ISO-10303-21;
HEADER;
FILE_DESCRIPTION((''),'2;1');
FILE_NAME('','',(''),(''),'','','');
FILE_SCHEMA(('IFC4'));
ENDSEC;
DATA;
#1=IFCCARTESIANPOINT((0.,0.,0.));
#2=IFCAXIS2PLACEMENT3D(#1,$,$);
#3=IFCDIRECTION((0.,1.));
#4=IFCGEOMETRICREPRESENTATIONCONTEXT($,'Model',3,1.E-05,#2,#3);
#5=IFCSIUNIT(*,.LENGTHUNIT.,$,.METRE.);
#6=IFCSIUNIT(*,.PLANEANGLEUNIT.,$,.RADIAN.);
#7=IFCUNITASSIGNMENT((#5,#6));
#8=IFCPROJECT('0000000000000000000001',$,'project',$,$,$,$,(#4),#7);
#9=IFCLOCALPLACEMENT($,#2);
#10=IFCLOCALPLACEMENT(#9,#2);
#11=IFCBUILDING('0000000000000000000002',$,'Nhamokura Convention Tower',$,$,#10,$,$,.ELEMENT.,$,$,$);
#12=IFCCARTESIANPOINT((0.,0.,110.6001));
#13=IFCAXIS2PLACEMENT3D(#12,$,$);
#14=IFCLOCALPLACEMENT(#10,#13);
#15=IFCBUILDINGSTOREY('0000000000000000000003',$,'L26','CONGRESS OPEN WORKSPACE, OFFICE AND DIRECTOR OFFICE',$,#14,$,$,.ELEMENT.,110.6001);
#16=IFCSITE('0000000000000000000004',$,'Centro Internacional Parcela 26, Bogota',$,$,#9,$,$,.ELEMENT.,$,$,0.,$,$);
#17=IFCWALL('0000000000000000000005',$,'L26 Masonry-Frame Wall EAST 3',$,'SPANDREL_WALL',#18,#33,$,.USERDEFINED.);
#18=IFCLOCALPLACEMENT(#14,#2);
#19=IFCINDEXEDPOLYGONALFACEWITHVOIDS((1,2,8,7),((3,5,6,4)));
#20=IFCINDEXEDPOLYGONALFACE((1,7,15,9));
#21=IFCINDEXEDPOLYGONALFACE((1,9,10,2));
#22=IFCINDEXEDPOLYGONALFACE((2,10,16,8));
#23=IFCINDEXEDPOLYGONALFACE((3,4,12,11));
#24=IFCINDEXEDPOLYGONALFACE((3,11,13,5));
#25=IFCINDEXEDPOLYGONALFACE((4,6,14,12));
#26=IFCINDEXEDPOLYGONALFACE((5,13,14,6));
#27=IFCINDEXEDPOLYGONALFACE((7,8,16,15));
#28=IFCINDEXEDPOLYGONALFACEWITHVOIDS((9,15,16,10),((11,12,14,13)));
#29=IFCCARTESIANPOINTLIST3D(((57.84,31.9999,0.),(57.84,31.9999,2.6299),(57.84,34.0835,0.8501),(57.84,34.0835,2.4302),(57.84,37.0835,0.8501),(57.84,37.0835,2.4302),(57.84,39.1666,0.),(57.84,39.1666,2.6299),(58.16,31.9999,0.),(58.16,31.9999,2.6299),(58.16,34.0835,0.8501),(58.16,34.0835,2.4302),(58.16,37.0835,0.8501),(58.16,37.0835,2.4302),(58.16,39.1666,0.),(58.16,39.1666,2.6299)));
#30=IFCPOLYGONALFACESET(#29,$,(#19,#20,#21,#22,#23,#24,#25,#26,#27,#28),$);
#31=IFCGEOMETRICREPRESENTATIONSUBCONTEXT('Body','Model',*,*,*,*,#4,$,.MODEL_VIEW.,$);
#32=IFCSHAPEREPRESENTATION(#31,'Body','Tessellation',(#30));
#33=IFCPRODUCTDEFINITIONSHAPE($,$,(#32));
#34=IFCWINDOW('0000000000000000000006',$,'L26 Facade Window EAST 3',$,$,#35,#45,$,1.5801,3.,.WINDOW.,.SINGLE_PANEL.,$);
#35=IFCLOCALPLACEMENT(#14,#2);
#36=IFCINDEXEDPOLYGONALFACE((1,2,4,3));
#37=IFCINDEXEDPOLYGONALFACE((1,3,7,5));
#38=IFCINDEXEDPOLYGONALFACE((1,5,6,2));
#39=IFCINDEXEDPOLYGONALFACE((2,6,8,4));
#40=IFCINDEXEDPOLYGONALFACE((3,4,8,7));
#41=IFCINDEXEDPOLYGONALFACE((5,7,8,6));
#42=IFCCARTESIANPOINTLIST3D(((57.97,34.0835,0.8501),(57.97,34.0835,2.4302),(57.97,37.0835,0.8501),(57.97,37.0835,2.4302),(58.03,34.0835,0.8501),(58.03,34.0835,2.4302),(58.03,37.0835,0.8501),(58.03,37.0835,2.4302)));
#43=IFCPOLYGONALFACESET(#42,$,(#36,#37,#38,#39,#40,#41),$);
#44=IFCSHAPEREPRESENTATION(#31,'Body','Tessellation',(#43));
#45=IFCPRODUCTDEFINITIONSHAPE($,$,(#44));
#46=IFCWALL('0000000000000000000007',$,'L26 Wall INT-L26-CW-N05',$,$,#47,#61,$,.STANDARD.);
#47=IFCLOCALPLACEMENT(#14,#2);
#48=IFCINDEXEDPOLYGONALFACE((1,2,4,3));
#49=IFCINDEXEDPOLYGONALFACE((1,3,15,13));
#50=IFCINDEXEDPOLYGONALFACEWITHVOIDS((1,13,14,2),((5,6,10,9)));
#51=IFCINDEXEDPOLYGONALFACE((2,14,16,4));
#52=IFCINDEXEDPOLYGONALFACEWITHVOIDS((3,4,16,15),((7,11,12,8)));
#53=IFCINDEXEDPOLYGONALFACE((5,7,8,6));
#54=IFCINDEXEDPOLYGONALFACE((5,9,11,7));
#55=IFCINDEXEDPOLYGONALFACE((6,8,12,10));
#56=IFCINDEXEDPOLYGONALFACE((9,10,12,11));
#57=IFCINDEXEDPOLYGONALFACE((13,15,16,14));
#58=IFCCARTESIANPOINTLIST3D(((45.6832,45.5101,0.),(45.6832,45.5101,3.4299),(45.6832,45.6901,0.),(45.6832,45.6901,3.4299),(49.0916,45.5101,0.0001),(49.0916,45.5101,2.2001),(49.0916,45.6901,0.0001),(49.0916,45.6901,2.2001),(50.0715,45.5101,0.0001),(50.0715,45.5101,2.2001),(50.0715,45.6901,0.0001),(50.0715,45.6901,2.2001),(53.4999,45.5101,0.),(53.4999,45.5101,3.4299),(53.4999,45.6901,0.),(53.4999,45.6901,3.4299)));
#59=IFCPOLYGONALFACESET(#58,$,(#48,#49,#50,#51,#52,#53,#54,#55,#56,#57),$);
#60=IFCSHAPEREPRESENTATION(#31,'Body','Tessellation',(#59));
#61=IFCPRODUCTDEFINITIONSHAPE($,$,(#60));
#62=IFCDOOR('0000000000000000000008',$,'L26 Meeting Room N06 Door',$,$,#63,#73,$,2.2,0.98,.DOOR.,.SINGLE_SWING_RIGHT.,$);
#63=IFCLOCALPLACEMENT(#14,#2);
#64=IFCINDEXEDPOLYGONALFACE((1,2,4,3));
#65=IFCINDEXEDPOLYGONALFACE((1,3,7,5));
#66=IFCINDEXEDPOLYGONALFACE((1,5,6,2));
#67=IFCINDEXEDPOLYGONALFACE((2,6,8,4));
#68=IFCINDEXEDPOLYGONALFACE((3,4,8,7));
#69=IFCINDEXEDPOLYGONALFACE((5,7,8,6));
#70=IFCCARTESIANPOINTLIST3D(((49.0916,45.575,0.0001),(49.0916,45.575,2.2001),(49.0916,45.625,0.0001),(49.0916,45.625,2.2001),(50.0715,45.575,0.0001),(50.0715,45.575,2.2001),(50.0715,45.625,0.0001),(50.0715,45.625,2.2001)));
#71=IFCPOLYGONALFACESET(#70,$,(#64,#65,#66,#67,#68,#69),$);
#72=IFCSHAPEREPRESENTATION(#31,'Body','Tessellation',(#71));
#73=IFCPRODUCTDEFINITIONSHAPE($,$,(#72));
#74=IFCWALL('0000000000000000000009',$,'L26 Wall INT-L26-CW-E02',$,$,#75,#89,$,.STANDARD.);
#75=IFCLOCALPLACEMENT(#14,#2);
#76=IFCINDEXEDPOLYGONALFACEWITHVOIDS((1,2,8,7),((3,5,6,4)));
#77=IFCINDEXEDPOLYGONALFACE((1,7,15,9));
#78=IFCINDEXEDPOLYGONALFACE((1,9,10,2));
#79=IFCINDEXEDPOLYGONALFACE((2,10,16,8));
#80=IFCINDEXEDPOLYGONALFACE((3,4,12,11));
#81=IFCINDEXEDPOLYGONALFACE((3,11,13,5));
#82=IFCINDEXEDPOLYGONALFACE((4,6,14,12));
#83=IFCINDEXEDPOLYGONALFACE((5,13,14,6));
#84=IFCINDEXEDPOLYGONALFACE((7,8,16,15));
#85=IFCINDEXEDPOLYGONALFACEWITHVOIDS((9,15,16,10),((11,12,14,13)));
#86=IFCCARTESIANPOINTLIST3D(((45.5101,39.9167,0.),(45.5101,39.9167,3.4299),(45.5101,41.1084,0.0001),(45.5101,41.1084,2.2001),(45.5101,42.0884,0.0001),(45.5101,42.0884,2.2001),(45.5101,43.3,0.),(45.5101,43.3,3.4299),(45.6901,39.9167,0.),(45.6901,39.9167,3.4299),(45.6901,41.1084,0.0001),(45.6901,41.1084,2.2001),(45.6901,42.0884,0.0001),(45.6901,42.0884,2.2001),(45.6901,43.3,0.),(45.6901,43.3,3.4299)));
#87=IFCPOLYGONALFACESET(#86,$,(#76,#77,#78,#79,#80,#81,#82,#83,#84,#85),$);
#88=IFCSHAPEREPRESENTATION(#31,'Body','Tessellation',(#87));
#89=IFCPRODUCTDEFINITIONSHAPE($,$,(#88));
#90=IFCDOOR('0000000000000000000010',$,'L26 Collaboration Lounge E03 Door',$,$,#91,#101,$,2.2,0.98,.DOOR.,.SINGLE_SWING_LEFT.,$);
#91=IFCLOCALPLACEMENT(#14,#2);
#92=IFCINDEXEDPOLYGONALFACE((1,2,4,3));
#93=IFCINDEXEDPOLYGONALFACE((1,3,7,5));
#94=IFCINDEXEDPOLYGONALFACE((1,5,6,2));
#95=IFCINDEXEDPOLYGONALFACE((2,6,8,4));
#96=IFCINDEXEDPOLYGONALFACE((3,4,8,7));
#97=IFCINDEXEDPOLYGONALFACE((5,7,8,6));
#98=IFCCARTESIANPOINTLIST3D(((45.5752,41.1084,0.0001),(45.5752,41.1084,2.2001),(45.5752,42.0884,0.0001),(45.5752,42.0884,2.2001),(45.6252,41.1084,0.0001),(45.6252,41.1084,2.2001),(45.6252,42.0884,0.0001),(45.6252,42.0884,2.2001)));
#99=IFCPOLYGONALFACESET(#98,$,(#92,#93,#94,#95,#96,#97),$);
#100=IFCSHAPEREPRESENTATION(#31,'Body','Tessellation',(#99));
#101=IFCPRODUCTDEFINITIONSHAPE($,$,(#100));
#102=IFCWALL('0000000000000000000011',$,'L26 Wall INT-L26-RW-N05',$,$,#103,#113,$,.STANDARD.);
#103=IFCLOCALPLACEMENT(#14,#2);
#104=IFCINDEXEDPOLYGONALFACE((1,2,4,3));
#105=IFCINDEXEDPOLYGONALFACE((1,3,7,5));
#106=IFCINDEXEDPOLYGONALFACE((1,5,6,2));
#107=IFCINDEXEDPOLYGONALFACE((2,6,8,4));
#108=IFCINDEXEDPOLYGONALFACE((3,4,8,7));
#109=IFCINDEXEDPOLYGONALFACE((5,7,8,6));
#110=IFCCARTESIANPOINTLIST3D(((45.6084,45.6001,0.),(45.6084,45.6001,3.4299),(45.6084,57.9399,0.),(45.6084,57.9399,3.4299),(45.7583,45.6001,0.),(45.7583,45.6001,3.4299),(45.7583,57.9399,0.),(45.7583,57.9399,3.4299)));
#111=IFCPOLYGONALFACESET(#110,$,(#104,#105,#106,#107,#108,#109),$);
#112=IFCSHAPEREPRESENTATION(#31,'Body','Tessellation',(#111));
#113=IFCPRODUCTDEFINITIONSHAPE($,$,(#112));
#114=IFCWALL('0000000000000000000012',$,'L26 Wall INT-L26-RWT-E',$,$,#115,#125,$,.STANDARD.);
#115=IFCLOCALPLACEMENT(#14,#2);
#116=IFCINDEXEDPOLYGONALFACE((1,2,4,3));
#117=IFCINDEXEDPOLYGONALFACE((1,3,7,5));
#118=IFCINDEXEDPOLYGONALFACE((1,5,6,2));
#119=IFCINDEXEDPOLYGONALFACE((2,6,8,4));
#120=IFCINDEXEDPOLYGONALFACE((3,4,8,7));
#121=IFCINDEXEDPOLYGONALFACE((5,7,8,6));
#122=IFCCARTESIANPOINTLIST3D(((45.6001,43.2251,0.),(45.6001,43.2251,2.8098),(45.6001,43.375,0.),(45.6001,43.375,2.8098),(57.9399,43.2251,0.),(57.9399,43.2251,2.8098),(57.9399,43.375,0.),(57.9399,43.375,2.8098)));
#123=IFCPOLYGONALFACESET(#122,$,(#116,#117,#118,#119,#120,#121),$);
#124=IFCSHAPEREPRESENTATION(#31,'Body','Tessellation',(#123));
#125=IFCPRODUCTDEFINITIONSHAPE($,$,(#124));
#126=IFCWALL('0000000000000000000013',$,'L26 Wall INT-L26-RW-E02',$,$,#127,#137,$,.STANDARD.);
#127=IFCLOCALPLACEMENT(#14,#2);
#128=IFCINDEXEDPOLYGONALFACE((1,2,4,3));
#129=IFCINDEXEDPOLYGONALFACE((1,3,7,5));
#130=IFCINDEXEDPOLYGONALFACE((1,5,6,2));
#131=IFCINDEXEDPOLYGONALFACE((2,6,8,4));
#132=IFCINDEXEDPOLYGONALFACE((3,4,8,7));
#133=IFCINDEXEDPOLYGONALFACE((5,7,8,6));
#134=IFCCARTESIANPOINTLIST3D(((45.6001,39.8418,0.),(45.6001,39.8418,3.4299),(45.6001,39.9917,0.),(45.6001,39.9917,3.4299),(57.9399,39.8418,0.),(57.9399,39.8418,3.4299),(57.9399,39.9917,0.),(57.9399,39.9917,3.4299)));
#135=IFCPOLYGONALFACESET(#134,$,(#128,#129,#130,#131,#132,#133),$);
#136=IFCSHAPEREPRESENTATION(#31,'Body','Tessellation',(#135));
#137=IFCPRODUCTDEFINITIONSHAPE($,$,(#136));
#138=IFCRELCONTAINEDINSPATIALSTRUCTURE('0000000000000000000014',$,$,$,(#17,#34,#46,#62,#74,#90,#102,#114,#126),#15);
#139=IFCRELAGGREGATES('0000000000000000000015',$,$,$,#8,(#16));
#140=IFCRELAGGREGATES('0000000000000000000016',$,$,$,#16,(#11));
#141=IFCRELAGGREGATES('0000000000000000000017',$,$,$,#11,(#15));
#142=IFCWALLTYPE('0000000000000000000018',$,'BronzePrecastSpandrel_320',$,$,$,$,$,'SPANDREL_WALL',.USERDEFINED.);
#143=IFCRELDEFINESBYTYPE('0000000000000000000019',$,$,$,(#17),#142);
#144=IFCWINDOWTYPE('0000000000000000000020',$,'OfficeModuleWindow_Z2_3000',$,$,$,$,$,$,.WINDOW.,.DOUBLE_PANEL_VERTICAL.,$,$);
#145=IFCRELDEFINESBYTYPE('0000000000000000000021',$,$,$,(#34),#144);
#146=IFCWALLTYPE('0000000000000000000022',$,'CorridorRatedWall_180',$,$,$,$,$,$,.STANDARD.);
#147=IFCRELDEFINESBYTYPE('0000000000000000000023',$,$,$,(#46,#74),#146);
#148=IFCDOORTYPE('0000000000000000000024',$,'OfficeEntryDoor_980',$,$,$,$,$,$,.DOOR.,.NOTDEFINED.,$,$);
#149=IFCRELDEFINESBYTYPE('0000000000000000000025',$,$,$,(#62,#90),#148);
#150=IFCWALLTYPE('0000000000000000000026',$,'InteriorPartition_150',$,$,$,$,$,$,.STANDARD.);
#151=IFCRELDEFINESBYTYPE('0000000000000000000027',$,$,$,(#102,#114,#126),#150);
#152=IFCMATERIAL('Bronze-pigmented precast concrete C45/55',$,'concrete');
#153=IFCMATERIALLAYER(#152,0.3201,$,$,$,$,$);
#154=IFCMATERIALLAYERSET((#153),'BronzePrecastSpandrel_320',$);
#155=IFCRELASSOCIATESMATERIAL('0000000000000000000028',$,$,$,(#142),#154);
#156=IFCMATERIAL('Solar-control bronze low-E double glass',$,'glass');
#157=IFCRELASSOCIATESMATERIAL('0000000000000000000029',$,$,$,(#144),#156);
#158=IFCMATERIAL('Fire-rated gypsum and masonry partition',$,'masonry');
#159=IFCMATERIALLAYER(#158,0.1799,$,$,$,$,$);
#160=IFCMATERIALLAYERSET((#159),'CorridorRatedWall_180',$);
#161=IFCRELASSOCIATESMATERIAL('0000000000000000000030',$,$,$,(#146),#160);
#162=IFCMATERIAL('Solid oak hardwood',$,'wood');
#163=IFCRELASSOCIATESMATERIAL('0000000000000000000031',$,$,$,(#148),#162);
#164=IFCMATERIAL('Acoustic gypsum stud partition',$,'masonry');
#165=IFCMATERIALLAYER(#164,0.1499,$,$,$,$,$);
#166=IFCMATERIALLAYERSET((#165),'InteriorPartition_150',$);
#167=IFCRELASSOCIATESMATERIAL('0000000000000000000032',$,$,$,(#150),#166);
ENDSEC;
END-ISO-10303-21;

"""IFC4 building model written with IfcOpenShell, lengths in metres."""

from ifc_helpers import new_model, si_unit, direction, frame, frame_2d, origin, place, context, subcontext, project, spatial, rectangle, extrude, material, layer, layer_set, type_object, element, fill, save


model = new_model("IFC4")

# Units and contexts
model_context = context("Model", 3, precision=1e-05, world=origin(), true_north=direction((0.0, 1.0)))
body_context = subcontext(model_context, "Body", "Model", "MODEL_VIEW")
ifc_project = project(units=[si_unit("LENGTHUNIT", "METRE"), si_unit("PLANEANGLEUNIT", "RADIAN")], contexts=[model_context])

# Site, building, storey
site_placement = place(None, origin())
site = spatial("IfcSite", under=ifc_project, at=site_placement, Name="Centro Internacional Parcela 26, Bogota", CompositionType="ELEMENT", RefElevation=0.0)
building_placement = place(site_placement, origin())
building = spatial("IfcBuilding", under=site, at=building_placement, Name="Nhamokura Convention Tower", CompositionType="ELEMENT")
storey_placement = place(building_placement, frame((0.0, 0.0, 110.6001)))
storey = spatial("IfcBuildingStorey", under=building, at=storey_placement, Name="L26", Description="CONGRESS OPEN WORKSPACE, OFFICE AND DIRECTOR OFFICE", CompositionType="ELEMENT", Elevation=110.6001)

# Wall, opening, window
ifc_material_1 = material(Name="Bronze-pigmented precast concrete C45/55", Category="concrete")
ifc_layer_1 = layer(ifc_material_1, 0.3201)
ifc_layer_set_1 = layer_set([ifc_layer_1], Name="BronzePrecastSpandrel_320")
wall_type_1 = type_object("IfcWallType", Name="BronzePrecastSpandrel_320", ElementType="SPANDREL_WALL", PredefinedType="USERDEFINED", material=ifc_layer_set_1)
ifc_material_2 = material(Name="Solar-control bronze low-E double glass", Category="glass")
window_type = type_object("IfcWindowType", Name="OfficeModuleWindow_Z2_3000", PartitioningType="DOUBLE_PANEL_VERTICAL", PredefinedType="WINDOW", material=ifc_material_2)
wall_1_placement = place(storey_placement, frame((58.0, 39.1667, 0.0), z_axis=(0.0, 0.0, 1.0), x_axis=(0.0, -1.0, 0.0)))
wall_1 = element("IfcWall", 1, at=wall_1_placement, inside=storey, type_object=wall_type_1, Name="L26 Masonry-Frame Wall EAST 3", ObjectType="SPANDREL_WALL", PredefinedType="USERDEFINED", context=body_context, shape_type="SweptSolid", body=[
    extrude(rectangle(XDim=7.1667, YDim=0.3201, at=frame_2d((3.5835, 0.0))), origin(), (0.0, 0.0, 1.0), 2.6299),
])
opening_1_placement = place(wall_1_placement, frame((2.0833, 0.0, 0.8501)))
opening_1 = element("IfcOpeningElement", 2, at=opening_1_placement, cuts=wall_1, PredefinedType="OPENING", context=body_context, shape_type="SweptSolid", body=[
    extrude(rectangle(XDim=3.0, YDim=1.5801, at=frame_2d((1.5, 0.79))), frame((0.0, 0.1699, 0.0), z_axis=(0.0, -1.0, 0.0), x_axis=(1.0, 0.0, 0.0)), (0.0, 0.0, 1.0), 0.3401),
])
window_1_placement = place(opening_1_placement, origin())
window_1 = element("IfcWindow", 3, at=window_1_placement, inside=storey, type_object=window_type, Name="L26 Facade Window EAST 3", OverallHeight=1.5801, OverallWidth=3.0, PartitioningType="SINGLE_PANEL", PredefinedType="WINDOW", context=body_context, shape_type="SweptSolid", body=[
    extrude(rectangle(XDim=3.0, YDim=1.5801, at=frame_2d((1.5, 0.79))), frame((0.0, 0.03, 0.0), z_axis=(0.0, -1.0, 0.0), x_axis=(1.0, 0.0, 0.0)), (0.0, 0.0, 1.0), 0.0601),
])
fill(opening_1, window_1)

# Walls, openings, doors
ifc_material_3 = material(Name="Fire-rated gypsum and masonry partition", Category="masonry")
ifc_layer_2 = layer(ifc_material_3, 0.1799)
ifc_layer_set_2 = layer_set([ifc_layer_2], Name="CorridorRatedWall_180")
wall_type_2 = type_object("IfcWallType", Name="CorridorRatedWall_180", PredefinedType="STANDARD", material=ifc_layer_set_2)
wall_2_placement = place(storey_placement, frame((45.6833, 45.6001, 0.0), z_axis=(0.0, 0.0, 1.0), x_axis=(1.0, 0.0, 0.0)))
wall_2 = element("IfcWall", 4, at=wall_2_placement, inside=storey, type_object=wall_type_2, Name="L26 Wall INT-L26-CW-N05", PredefinedType="STANDARD", context=body_context, shape_type="SweptSolid", body=[
    extrude(rectangle(XDim=7.8167, YDim=0.1799, at=frame_2d((3.9082, 0.0))), origin(), (0.0, 0.0, 1.0), 3.4299),
])
opening_2_placement = place(wall_2_placement, frame((3.4082, 0.0, 0.0)))
opening_2 = element("IfcOpeningElement", 5, at=opening_2_placement, cuts=wall_2, PredefinedType="OPENING", context=body_context, shape_type="SweptSolid", body=[
    extrude(rectangle(XDim=0.98, YDim=2.2, at=frame_2d((0.49, 1.1001))), frame((0.0, 0.0999, 0.0), z_axis=(0.0, -1.0, 0.0), x_axis=(1.0, 0.0, 0.0)), (0.0, 0.0, 1.0), 0.2),
])
ifc_material_4 = material(Name="Solid oak hardwood", Category="wood")
door_type = type_object("IfcDoorType", Name="OfficeEntryDoor_980", OperationType="NOTDEFINED", PredefinedType="DOOR", material=ifc_material_4)
door_1_placement = place(opening_2_placement, origin())
door_1 = element("IfcDoor", 6, at=door_1_placement, inside=storey, type_object=door_type, Name="L26 Meeting Room N06 Door", OperationType="SINGLE_SWING_RIGHT", OverallHeight=2.2, OverallWidth=0.98, PredefinedType="DOOR", context=body_context, shape_type="SweptSolid", body=[
    extrude(rectangle(XDim=0.98, YDim=2.2, at=frame_2d((0.49, 1.1001))), frame((0.0, 0.0249, 0.0), z_axis=(0.0, -1.0, 0.0), x_axis=(1.0, 0.0, 0.0)), (0.0, 0.0, 1.0), 0.05),
])
fill(opening_2, door_1)
wall_3_placement = place(storey_placement, frame((45.6001, 39.9167, 0.0), z_axis=(0.0, 0.0, 1.0), x_axis=(0.0, 1.0, 0.0)))
wall_3 = element("IfcWall", 7, at=wall_3_placement, inside=storey, type_object=wall_type_2, Name="L26 Wall INT-L26-CW-E02", PredefinedType="STANDARD", context=body_context, shape_type="SweptSolid", body=[
    extrude(rectangle(XDim=3.3833, YDim=0.1799, at=frame_2d((1.6917, 0.0))), origin(), (0.0, 0.0, 1.0), 3.4299),
])
opening_3_placement = place(wall_3_placement, frame((1.1917, 0.0, 0.0)))
opening_3 = element("IfcOpeningElement", 8, at=opening_3_placement, cuts=wall_3, PredefinedType="OPENING", context=body_context, shape_type="SweptSolid", body=[
    extrude(rectangle(XDim=0.98, YDim=2.2, at=frame_2d((0.49, 1.1001))), frame((0.0, 0.0999, 0.0), z_axis=(0.0, -1.0, 0.0), x_axis=(1.0, 0.0, 0.0)), (0.0, 0.0, 1.0), 0.2),
])
door_2_placement = place(opening_3_placement, origin())
door_2 = element("IfcDoor", 9, at=door_2_placement, inside=storey, type_object=door_type, Name="L26 Collaboration Lounge E03 Door", OperationType="SINGLE_SWING_LEFT", OverallHeight=2.2, OverallWidth=0.98, PredefinedType="DOOR", context=body_context, shape_type="SweptSolid", body=[
    extrude(rectangle(XDim=0.98, YDim=2.2, at=frame_2d((0.49, 1.1001))), frame((0.0, 0.0249, 0.0), z_axis=(0.0, -1.0, 0.0), x_axis=(1.0, 0.0, 0.0)), (0.0, 0.0, 1.0), 0.05),
])
fill(opening_3, door_2)

# Walls
ifc_material_5 = material(Name="Acoustic gypsum stud partition", Category="masonry")
ifc_layer_3 = layer(ifc_material_5, 0.1499)
ifc_layer_set_3 = layer_set([ifc_layer_3], Name="InteriorPartition_150")
wall_type_3 = type_object("IfcWallType", Name="InteriorPartition_150", PredefinedType="STANDARD", material=ifc_layer_set_3)
wall_4_placement = place(storey_placement, frame((45.6833, 45.6001, 0.0), z_axis=(0.0, 0.0, 1.0), x_axis=(0.0, 1.0, 0.0)))
element("IfcWall", 10, at=wall_4_placement, inside=storey, type_object=wall_type_3, Name="L26 Wall INT-L26-RW-N05", PredefinedType="STANDARD", context=body_context, shape_type="SweptSolid", body=[
    extrude(rectangle(XDim=12.3398, YDim=0.1499, at=frame_2d((6.1699, 0.0))), origin(), (0.0, 0.0, 1.0), 3.4299),
])
wall_5_placement = place(storey_placement, frame((45.6001, 43.3, 0.0), z_axis=(0.0, 0.0, 1.0), x_axis=(1.0, 0.0, 0.0)))
element("IfcWall", 11, at=wall_5_placement, inside=storey, type_object=wall_type_3, Name="L26 Wall INT-L26-RWT-E", PredefinedType="STANDARD", context=body_context, shape_type="SweptSolid", body=[
    extrude(rectangle(XDim=12.3398, YDim=0.1499, at=frame_2d((6.1699, 0.0))), origin(), (0.0, 0.0, 1.0), 2.8098),
])
wall_6_placement = place(storey_placement, frame((45.6001, 39.9167, 0.0), z_axis=(0.0, 0.0, 1.0), x_axis=(1.0, 0.0, 0.0)))
element("IfcWall", 12, at=wall_6_placement, inside=storey, type_object=wall_type_3, Name="L26 Wall INT-L26-RW-E02", PredefinedType="STANDARD", context=body_context, shape_type="SweptSolid", body=[
    extrude(rectangle(XDim=12.3398, YDim=0.1499, at=frame_2d((6.1699, 0.0))), origin(), (0.0, 0.0, 1.0), 3.4299),
])

save(model, "model.ifc")
